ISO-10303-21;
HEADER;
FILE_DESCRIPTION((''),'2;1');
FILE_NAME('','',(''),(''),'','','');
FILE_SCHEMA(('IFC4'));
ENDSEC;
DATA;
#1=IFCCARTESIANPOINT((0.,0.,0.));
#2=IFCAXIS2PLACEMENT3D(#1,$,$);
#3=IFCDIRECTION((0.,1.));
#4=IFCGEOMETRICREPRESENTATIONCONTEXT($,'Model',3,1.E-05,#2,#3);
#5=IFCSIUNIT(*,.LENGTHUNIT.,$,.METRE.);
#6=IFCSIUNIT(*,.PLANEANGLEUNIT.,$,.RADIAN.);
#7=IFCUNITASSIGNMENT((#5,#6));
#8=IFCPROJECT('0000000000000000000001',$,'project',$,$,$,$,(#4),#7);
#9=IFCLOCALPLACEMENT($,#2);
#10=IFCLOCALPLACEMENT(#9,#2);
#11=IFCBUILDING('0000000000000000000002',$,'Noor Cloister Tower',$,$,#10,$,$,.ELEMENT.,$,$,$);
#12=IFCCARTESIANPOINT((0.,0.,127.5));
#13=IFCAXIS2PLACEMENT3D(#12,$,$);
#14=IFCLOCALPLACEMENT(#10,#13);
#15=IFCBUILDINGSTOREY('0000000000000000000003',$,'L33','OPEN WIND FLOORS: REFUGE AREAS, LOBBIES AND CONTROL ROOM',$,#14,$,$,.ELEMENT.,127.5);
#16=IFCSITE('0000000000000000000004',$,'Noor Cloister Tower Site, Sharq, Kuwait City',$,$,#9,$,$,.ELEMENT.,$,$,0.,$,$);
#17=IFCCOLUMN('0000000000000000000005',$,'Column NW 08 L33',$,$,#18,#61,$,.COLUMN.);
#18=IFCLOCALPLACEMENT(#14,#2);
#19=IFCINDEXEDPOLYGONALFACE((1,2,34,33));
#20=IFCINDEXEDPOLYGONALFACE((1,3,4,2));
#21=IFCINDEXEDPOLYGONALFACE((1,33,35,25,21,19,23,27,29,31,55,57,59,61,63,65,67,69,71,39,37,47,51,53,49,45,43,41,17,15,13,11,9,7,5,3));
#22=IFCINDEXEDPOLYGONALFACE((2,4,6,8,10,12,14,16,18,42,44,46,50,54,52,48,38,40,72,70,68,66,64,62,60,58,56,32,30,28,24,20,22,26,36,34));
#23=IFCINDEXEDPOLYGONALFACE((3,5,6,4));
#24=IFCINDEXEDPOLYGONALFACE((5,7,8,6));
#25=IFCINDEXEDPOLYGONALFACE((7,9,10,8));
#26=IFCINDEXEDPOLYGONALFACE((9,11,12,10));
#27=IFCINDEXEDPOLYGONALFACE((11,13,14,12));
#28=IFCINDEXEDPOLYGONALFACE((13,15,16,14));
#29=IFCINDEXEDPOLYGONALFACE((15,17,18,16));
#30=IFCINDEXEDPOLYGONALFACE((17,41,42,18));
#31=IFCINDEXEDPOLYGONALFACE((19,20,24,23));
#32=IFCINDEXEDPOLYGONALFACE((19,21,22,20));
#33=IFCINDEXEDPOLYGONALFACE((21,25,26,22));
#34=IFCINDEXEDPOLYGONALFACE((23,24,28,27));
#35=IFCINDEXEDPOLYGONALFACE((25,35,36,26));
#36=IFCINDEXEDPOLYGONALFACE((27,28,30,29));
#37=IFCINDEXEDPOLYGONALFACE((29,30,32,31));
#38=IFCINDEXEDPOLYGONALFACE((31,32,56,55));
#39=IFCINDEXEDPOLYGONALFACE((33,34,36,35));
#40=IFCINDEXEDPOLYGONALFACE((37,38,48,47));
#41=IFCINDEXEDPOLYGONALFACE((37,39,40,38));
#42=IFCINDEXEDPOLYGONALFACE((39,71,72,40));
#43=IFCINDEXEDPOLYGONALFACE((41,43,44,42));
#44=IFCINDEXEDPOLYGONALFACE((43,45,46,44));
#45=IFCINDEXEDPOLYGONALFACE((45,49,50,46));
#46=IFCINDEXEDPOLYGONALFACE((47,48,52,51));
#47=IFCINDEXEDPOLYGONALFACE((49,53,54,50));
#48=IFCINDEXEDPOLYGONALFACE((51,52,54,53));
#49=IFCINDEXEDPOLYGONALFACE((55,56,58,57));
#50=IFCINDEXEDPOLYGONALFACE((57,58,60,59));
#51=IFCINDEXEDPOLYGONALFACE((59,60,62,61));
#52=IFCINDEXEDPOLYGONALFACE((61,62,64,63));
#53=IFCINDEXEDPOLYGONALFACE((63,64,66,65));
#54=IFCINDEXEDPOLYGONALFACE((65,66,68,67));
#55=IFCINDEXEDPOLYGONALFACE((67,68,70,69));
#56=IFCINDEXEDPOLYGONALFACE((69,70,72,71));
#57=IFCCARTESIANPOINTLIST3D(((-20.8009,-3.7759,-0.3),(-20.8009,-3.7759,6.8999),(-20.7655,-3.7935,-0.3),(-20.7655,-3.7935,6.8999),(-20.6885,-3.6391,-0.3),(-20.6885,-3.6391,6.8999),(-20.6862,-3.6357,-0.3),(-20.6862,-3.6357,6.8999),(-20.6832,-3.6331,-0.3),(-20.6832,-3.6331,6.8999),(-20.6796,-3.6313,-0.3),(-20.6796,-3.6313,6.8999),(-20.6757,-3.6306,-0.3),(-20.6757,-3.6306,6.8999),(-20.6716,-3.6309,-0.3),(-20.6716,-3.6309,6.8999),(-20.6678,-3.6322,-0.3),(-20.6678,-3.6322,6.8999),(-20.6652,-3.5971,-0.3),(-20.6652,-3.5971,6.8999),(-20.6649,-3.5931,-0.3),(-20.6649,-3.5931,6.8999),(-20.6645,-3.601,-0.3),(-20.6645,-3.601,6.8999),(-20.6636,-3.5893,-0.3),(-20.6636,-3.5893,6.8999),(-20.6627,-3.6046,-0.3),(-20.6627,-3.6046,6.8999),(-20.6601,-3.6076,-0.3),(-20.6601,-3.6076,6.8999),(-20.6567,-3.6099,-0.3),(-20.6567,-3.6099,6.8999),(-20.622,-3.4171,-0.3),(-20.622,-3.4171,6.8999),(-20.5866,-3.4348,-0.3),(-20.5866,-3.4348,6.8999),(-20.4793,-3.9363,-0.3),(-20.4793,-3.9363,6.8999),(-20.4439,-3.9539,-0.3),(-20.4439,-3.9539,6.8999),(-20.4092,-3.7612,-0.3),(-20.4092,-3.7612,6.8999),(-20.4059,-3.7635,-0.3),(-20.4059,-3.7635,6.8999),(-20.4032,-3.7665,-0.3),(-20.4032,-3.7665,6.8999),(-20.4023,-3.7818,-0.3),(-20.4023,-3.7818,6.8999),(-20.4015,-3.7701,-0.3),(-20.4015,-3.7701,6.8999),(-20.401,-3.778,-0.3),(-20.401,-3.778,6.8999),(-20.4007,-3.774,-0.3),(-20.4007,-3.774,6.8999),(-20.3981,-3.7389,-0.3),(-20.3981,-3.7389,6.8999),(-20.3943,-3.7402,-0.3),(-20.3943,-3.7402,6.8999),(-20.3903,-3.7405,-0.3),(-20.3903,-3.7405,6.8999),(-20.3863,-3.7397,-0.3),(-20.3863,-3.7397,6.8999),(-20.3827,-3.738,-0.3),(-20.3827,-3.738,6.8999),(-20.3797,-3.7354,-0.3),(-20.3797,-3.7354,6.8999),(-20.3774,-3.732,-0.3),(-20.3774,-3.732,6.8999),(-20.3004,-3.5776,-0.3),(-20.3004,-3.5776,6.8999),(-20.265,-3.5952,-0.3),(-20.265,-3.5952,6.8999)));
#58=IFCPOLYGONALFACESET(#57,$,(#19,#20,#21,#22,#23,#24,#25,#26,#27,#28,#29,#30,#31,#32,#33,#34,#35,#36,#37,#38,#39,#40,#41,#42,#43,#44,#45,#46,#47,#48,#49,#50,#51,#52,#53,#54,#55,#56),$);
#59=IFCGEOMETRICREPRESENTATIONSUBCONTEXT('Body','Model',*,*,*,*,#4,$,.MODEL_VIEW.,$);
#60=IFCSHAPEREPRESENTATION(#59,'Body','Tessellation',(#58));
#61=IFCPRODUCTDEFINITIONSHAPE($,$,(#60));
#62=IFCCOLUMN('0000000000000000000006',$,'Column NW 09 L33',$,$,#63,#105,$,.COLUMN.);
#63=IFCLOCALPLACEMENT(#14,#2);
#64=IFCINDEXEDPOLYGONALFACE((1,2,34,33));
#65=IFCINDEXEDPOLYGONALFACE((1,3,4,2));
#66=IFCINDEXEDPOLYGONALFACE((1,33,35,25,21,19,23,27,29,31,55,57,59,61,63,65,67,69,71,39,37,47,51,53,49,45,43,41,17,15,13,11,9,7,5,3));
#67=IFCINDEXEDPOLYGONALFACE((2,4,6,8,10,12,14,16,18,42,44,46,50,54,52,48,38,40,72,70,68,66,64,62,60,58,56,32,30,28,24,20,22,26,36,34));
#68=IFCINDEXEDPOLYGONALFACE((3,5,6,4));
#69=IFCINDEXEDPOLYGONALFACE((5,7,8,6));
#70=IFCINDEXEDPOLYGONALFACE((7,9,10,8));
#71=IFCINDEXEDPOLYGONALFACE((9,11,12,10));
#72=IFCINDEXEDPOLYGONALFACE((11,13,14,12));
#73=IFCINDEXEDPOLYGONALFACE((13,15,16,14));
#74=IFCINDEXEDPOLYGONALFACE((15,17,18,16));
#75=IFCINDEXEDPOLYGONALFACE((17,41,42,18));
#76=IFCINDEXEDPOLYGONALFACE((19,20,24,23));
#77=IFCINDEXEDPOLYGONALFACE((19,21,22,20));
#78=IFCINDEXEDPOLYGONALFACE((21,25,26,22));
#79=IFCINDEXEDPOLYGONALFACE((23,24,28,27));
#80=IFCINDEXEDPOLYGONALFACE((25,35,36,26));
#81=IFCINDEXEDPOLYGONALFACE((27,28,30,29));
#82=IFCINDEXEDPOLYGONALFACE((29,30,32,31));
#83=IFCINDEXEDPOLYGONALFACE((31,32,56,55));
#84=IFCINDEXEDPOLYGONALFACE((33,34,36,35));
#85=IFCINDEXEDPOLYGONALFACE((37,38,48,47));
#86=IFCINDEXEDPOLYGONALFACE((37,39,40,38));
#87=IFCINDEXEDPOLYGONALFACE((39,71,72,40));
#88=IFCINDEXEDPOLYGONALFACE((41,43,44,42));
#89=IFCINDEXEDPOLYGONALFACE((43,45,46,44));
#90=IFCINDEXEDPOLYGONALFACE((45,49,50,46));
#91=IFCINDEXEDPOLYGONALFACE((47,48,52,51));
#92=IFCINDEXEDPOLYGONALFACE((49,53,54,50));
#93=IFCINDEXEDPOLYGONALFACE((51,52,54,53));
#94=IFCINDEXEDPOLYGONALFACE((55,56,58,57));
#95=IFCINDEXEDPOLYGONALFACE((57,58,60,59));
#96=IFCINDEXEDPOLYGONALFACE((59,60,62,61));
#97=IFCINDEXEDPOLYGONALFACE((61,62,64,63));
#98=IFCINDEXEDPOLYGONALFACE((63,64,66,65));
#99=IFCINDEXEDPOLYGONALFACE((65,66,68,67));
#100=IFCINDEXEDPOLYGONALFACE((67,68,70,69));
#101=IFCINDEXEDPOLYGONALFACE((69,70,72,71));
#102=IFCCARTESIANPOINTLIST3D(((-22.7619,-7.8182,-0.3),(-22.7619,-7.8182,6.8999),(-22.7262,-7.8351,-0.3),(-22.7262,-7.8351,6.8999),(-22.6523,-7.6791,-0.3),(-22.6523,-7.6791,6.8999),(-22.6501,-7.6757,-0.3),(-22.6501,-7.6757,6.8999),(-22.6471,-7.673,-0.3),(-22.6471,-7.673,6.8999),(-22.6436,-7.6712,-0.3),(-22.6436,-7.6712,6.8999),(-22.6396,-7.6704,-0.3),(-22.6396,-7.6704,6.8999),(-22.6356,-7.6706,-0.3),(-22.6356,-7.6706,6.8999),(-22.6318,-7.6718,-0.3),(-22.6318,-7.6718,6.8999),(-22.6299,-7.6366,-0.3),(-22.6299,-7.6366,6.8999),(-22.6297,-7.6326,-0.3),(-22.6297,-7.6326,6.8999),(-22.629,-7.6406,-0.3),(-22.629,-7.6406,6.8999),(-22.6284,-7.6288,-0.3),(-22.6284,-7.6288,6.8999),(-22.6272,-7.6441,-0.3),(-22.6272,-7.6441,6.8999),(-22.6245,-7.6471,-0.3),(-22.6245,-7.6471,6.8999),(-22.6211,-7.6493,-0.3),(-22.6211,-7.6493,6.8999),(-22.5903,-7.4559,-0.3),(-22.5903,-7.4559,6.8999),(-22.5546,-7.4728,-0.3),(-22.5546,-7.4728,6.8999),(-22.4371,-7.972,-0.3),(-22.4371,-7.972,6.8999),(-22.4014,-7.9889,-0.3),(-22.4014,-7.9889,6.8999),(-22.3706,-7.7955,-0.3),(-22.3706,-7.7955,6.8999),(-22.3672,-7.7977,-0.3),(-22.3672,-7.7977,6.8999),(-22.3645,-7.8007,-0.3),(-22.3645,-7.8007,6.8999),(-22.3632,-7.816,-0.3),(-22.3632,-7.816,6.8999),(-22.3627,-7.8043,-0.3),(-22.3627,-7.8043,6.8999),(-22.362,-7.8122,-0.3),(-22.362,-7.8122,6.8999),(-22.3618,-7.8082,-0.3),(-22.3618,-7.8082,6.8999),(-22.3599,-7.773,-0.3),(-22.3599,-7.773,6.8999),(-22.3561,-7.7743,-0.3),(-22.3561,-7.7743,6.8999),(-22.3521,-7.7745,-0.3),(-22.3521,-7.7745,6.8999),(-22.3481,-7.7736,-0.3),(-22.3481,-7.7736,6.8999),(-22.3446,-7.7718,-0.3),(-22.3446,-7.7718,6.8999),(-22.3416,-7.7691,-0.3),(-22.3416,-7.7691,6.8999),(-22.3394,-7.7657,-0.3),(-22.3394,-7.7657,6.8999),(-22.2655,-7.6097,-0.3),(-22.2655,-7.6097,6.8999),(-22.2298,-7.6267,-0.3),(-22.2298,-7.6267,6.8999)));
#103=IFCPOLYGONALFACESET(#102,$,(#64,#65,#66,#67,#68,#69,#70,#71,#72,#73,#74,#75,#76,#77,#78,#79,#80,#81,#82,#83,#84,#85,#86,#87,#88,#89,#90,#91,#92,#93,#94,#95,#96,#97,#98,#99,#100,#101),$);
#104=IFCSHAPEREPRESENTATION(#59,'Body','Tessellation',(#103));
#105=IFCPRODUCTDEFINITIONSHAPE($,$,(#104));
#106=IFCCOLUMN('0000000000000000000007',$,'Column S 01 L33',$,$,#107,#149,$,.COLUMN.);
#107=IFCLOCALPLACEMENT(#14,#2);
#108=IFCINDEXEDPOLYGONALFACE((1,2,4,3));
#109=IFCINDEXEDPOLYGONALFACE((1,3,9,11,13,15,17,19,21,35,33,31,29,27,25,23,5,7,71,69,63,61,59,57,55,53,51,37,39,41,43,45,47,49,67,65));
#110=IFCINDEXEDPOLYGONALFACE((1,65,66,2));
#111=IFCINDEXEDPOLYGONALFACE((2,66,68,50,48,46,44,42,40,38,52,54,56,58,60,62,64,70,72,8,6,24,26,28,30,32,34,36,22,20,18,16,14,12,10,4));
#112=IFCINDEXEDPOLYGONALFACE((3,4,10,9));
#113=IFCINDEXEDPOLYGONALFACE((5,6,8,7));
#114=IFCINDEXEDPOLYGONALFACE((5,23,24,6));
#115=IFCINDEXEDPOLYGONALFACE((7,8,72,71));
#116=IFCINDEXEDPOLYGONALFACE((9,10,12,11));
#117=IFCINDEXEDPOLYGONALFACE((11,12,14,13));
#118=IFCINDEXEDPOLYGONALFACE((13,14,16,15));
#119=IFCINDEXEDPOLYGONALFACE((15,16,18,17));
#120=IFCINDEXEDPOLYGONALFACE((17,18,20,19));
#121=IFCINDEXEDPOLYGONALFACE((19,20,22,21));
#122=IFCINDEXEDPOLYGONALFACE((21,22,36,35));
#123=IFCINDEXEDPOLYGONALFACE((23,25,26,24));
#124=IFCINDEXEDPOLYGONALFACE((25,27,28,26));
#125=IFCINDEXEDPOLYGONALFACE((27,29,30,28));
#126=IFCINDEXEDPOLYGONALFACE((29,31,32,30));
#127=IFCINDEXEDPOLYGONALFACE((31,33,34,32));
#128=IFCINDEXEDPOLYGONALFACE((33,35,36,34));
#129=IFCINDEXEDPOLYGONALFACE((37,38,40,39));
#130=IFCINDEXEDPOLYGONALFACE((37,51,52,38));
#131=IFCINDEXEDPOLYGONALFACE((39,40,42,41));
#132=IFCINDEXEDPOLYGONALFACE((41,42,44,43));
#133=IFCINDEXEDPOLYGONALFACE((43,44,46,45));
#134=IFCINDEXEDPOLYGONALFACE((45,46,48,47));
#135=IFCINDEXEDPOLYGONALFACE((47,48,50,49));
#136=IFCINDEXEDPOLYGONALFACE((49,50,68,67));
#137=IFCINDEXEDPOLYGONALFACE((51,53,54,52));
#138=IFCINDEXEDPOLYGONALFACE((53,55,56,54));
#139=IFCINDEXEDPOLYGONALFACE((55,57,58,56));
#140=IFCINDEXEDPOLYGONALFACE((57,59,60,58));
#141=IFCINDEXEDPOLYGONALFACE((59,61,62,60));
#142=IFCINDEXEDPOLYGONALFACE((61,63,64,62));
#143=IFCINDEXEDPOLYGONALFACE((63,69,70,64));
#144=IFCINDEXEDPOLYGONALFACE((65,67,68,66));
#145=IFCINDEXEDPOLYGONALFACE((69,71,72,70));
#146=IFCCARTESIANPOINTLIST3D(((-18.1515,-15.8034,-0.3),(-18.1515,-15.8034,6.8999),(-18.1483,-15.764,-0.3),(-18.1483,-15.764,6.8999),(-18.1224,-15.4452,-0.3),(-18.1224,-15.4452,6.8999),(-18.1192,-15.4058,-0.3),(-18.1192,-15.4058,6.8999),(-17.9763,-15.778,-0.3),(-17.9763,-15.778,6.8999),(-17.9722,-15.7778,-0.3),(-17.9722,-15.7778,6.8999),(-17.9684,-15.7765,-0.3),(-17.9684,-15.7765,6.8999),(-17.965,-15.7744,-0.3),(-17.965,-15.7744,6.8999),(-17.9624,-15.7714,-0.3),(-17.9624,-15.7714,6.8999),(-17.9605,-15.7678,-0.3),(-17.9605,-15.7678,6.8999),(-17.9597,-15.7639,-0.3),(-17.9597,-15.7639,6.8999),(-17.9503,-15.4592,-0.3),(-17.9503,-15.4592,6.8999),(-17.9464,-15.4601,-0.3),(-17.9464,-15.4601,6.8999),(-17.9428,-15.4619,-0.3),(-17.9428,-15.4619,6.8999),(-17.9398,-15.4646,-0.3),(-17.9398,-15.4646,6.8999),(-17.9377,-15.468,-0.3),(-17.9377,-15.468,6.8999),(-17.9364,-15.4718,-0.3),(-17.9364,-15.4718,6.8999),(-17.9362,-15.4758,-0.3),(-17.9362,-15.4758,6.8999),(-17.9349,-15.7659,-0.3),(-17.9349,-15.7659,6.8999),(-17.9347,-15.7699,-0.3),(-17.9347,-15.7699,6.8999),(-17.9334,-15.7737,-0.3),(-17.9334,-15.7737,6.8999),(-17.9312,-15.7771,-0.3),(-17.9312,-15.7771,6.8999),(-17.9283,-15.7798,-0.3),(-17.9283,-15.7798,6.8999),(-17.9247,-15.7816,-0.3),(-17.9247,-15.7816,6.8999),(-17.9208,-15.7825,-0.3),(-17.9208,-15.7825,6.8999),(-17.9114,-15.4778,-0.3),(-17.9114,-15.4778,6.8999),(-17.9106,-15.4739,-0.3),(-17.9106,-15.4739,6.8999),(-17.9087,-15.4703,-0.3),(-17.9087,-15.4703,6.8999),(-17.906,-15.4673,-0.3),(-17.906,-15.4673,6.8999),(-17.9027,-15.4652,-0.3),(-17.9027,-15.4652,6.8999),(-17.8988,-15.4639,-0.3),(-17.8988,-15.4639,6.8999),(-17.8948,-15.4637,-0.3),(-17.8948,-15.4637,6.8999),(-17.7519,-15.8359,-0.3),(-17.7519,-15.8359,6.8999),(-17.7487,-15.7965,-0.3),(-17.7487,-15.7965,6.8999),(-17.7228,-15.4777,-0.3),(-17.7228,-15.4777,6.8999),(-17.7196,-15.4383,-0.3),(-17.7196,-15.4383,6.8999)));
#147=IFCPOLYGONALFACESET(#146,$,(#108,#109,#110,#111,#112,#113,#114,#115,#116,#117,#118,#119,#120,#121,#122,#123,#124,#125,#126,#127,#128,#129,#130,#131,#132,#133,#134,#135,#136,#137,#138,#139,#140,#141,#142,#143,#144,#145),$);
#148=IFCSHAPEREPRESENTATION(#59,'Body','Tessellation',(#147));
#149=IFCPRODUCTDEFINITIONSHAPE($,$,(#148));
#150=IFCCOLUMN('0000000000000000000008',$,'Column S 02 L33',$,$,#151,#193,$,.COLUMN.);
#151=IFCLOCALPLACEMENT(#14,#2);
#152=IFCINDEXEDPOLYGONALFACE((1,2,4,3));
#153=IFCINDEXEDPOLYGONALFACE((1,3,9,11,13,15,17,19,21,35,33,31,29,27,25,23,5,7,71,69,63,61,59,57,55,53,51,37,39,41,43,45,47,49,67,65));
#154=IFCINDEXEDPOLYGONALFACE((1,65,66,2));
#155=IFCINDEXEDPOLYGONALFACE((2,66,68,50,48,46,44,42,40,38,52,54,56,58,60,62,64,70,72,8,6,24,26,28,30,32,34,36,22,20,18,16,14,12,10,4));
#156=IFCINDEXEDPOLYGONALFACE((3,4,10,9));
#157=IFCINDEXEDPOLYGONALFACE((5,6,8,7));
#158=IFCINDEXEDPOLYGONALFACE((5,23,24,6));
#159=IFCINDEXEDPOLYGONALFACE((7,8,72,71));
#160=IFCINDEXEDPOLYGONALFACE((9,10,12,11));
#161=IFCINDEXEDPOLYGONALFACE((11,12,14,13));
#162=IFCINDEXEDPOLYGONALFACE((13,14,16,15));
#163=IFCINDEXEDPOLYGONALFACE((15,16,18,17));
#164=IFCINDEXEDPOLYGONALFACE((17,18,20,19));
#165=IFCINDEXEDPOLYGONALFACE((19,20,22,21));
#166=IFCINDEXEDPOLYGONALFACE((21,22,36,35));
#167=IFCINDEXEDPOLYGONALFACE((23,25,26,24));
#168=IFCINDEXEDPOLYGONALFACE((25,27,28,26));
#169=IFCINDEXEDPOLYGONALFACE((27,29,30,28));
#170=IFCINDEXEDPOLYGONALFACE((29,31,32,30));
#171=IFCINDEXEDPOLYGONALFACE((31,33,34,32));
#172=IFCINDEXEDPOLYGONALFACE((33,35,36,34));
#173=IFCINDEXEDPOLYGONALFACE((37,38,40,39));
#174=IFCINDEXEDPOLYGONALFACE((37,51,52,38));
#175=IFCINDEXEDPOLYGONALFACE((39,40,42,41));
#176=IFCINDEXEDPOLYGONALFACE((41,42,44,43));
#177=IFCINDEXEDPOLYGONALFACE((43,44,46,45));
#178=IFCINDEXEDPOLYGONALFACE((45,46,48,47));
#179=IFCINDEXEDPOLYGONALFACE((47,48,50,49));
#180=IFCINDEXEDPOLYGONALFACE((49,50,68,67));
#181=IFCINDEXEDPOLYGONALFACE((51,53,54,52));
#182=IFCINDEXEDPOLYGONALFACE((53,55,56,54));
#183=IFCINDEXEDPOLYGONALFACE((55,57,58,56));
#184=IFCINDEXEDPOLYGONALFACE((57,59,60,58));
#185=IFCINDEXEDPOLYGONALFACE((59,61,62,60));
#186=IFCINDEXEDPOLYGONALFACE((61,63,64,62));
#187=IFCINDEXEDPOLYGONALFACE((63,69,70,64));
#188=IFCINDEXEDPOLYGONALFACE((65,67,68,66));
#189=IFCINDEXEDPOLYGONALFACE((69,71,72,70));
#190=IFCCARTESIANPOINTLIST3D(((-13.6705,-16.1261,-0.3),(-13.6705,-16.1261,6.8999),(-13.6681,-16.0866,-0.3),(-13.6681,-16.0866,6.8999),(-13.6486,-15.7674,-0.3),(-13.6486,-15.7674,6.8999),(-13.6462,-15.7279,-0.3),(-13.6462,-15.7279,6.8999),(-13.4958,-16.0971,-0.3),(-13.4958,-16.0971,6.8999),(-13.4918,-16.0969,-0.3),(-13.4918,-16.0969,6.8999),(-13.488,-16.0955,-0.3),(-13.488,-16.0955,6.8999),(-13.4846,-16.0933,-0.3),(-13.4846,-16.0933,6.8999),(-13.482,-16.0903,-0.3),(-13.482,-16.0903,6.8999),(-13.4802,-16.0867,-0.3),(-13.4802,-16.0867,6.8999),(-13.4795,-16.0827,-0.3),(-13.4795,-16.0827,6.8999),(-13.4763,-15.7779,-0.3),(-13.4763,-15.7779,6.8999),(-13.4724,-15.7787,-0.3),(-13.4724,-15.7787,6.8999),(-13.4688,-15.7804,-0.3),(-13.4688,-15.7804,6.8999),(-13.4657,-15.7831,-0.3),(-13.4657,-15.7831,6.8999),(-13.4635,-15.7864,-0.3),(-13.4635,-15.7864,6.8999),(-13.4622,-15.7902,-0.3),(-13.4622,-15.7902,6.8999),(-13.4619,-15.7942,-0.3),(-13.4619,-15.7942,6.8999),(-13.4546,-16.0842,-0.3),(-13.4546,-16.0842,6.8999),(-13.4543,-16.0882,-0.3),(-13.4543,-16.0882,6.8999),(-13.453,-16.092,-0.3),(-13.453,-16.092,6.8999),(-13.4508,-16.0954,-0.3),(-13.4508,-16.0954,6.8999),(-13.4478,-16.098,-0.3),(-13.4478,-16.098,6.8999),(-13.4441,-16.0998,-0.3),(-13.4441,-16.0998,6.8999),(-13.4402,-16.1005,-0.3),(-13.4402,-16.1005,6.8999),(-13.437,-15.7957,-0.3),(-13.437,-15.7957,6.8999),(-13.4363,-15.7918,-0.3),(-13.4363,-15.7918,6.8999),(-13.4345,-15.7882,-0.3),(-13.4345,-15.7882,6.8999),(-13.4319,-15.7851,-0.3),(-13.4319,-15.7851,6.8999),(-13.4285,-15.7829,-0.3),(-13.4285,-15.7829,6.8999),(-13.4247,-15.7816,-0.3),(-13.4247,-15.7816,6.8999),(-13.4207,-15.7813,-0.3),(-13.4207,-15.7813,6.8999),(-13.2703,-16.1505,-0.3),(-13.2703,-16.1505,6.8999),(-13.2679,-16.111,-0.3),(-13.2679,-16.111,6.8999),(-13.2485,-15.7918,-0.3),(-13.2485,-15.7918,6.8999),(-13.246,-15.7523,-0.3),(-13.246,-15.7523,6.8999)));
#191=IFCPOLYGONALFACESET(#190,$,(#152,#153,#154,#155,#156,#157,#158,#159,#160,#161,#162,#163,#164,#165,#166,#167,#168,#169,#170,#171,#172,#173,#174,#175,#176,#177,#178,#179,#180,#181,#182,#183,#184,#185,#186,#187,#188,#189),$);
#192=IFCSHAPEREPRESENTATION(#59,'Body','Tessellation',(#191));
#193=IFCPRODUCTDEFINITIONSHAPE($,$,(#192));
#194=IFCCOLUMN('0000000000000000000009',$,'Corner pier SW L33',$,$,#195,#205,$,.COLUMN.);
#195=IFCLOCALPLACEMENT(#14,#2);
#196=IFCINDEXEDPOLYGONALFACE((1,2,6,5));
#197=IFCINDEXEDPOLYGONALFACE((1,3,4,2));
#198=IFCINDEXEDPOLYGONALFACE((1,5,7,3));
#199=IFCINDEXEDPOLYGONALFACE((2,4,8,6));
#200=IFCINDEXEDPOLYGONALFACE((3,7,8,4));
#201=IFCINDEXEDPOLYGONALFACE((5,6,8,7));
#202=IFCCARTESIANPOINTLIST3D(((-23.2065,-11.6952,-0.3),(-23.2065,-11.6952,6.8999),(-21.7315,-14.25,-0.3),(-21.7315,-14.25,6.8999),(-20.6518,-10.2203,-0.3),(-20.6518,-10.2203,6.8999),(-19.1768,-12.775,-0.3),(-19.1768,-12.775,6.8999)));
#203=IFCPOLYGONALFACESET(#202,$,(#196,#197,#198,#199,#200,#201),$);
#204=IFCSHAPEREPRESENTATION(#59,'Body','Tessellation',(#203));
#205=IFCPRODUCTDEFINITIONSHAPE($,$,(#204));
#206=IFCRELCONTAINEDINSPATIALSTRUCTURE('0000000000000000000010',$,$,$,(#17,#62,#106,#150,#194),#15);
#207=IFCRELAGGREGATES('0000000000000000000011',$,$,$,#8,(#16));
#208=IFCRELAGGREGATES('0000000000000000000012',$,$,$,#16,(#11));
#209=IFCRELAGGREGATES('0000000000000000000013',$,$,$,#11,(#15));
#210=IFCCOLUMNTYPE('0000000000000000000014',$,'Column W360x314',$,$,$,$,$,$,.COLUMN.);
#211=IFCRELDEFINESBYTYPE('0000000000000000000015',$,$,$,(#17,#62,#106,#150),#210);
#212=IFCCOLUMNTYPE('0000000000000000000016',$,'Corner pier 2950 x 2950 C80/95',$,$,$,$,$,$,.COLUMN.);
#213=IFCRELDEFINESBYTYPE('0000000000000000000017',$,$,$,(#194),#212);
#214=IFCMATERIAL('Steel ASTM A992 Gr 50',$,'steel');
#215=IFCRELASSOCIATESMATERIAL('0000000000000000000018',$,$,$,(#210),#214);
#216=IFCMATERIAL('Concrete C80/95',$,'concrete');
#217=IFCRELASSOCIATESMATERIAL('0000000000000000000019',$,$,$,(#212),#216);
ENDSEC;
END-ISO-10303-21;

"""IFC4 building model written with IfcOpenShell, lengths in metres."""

from ifc_helpers import new_model, si_unit, direction, frame, origin, origin_2d, place, context, subcontext, project, spatial, rectangle, i_section, extrude, material, material_profile, profile_set, type_object, element, save


model = new_model("IFC4")

# Units and contexts
model_context = context("Model", 3, precision=1e-05, world=origin(), true_north=direction((0.0, 1.0)))
body_context = subcontext(model_context, "Body", "Model", "MODEL_VIEW")
ifc_project = project(units=[si_unit("LENGTHUNIT", "METRE"), si_unit("PLANEANGLEUNIT", "RADIAN")], contexts=[model_context])

# Site, building, storey
site_placement = place(None, origin())
site = spatial("IfcSite", under=ifc_project, at=site_placement, Name="Noor Cloister Tower Site, Sharq, Kuwait City", CompositionType="ELEMENT", RefElevation=0.0)
building_placement = place(site_placement, origin())
building = spatial("IfcBuilding", under=site, at=building_placement, Name="Noor Cloister Tower", CompositionType="ELEMENT")
storey_placement = place(building_placement, frame((0.0, 0.0, 127.5)))
storey = spatial("IfcBuildingStorey", under=building, at=storey_placement, Name="L33", Description="OPEN WIND FLOORS: REFUGE AREAS, LOBBIES AND CONTROL ROOM", CompositionType="ELEMENT", Elevation=127.5)

# Columns
ifc_material_1 = material(Name="Steel ASTM A992 Gr 50", Category="steel")
ifc_material_profile_1 = material_profile(ifc_material_1, i_section(OverallWidth=0.4009, OverallDepth=0.3989, WebThickness=0.0249, FlangeThickness=0.0396, FilletRadius=0.0154, at=origin_2d()), Name="W360x314")
ifc_profile_set_1 = profile_set([ifc_material_profile_1], Name="Steel ASTM A992 Gr 50")
column_type_1 = type_object("IfcColumnType", Name="Column W360x314", PredefinedType="COLUMN", material=ifc_profile_set_1)
for number, where, z_axis, x_axis, name in (
    (1, (-20.533, -3.6855, -0.3), (0.0, 0.0, 1.0), (-0.446379, -0.894844, 0.0), "Column NW 08 L33"),
    (2, (-22.4958, -7.7224, -0.3), (0.0, 0.0, 1.0), (-0.428127, -0.903718, 0.0), "Column NW 09 L33"),
    (3, (-17.9355, -15.6208, -0.3), (0.0, 0.0, 1.0), (0.996707, -0.08109, 0.0), "Column S 01 L33"),
    (4, (-13.4583, -15.9392, -0.3), (0.0, 0.0, 1.0), (0.998147, -0.060847, 0.0), "Column S 02 L33"),
):
    element("IfcColumn", number, at=place(storey_placement, frame(where, z_axis=z_axis, x_axis=x_axis)), inside=storey, type_object=column_type_1, Name=name, PredefinedType="COLUMN", context=body_context, shape_type="SweptSolid", body=[
        extrude(i_section(OverallWidth=0.4009, OverallDepth=0.3989, WebThickness=0.0249, FlangeThickness=0.0396, FilletRadius=0.0154, at=origin_2d()), origin(), (0.0, 0.0, 1.0), 7.2),
    ])
ifc_material_2 = material(Name="Concrete C80/95", Category="concrete")
ifc_material_profile_2 = material_profile(ifc_material_2, rectangle(XDim=2.95, YDim=2.95, at=origin_2d()), Name="RC 2950x2950")
ifc_profile_set_2 = profile_set([ifc_material_profile_2], Name="Concrete C80/95")
column_type_2 = type_object("IfcColumnType", Name="Corner pier 2950 x 2950 C80/95", PredefinedType="COLUMN", material=ifc_profile_set_2)
column_placement = place(storey_placement, frame((-21.1917, -12.2351, -0.3), z_axis=(0.0, 0.0, 1.0), x_axis=(-0.866025, -0.5, 0.0)))
element("IfcColumn", 5, at=column_placement, inside=storey, type_object=column_type_2, Name="Corner pier SW L33", PredefinedType="COLUMN", context=body_context, shape_type="SweptSolid", body=[
    extrude(rectangle(XDim=2.95, YDim=2.95, at=origin_2d()), origin(), (0.0, 0.0, 1.0), 7.2),
])

save(model, "model.ifc")
